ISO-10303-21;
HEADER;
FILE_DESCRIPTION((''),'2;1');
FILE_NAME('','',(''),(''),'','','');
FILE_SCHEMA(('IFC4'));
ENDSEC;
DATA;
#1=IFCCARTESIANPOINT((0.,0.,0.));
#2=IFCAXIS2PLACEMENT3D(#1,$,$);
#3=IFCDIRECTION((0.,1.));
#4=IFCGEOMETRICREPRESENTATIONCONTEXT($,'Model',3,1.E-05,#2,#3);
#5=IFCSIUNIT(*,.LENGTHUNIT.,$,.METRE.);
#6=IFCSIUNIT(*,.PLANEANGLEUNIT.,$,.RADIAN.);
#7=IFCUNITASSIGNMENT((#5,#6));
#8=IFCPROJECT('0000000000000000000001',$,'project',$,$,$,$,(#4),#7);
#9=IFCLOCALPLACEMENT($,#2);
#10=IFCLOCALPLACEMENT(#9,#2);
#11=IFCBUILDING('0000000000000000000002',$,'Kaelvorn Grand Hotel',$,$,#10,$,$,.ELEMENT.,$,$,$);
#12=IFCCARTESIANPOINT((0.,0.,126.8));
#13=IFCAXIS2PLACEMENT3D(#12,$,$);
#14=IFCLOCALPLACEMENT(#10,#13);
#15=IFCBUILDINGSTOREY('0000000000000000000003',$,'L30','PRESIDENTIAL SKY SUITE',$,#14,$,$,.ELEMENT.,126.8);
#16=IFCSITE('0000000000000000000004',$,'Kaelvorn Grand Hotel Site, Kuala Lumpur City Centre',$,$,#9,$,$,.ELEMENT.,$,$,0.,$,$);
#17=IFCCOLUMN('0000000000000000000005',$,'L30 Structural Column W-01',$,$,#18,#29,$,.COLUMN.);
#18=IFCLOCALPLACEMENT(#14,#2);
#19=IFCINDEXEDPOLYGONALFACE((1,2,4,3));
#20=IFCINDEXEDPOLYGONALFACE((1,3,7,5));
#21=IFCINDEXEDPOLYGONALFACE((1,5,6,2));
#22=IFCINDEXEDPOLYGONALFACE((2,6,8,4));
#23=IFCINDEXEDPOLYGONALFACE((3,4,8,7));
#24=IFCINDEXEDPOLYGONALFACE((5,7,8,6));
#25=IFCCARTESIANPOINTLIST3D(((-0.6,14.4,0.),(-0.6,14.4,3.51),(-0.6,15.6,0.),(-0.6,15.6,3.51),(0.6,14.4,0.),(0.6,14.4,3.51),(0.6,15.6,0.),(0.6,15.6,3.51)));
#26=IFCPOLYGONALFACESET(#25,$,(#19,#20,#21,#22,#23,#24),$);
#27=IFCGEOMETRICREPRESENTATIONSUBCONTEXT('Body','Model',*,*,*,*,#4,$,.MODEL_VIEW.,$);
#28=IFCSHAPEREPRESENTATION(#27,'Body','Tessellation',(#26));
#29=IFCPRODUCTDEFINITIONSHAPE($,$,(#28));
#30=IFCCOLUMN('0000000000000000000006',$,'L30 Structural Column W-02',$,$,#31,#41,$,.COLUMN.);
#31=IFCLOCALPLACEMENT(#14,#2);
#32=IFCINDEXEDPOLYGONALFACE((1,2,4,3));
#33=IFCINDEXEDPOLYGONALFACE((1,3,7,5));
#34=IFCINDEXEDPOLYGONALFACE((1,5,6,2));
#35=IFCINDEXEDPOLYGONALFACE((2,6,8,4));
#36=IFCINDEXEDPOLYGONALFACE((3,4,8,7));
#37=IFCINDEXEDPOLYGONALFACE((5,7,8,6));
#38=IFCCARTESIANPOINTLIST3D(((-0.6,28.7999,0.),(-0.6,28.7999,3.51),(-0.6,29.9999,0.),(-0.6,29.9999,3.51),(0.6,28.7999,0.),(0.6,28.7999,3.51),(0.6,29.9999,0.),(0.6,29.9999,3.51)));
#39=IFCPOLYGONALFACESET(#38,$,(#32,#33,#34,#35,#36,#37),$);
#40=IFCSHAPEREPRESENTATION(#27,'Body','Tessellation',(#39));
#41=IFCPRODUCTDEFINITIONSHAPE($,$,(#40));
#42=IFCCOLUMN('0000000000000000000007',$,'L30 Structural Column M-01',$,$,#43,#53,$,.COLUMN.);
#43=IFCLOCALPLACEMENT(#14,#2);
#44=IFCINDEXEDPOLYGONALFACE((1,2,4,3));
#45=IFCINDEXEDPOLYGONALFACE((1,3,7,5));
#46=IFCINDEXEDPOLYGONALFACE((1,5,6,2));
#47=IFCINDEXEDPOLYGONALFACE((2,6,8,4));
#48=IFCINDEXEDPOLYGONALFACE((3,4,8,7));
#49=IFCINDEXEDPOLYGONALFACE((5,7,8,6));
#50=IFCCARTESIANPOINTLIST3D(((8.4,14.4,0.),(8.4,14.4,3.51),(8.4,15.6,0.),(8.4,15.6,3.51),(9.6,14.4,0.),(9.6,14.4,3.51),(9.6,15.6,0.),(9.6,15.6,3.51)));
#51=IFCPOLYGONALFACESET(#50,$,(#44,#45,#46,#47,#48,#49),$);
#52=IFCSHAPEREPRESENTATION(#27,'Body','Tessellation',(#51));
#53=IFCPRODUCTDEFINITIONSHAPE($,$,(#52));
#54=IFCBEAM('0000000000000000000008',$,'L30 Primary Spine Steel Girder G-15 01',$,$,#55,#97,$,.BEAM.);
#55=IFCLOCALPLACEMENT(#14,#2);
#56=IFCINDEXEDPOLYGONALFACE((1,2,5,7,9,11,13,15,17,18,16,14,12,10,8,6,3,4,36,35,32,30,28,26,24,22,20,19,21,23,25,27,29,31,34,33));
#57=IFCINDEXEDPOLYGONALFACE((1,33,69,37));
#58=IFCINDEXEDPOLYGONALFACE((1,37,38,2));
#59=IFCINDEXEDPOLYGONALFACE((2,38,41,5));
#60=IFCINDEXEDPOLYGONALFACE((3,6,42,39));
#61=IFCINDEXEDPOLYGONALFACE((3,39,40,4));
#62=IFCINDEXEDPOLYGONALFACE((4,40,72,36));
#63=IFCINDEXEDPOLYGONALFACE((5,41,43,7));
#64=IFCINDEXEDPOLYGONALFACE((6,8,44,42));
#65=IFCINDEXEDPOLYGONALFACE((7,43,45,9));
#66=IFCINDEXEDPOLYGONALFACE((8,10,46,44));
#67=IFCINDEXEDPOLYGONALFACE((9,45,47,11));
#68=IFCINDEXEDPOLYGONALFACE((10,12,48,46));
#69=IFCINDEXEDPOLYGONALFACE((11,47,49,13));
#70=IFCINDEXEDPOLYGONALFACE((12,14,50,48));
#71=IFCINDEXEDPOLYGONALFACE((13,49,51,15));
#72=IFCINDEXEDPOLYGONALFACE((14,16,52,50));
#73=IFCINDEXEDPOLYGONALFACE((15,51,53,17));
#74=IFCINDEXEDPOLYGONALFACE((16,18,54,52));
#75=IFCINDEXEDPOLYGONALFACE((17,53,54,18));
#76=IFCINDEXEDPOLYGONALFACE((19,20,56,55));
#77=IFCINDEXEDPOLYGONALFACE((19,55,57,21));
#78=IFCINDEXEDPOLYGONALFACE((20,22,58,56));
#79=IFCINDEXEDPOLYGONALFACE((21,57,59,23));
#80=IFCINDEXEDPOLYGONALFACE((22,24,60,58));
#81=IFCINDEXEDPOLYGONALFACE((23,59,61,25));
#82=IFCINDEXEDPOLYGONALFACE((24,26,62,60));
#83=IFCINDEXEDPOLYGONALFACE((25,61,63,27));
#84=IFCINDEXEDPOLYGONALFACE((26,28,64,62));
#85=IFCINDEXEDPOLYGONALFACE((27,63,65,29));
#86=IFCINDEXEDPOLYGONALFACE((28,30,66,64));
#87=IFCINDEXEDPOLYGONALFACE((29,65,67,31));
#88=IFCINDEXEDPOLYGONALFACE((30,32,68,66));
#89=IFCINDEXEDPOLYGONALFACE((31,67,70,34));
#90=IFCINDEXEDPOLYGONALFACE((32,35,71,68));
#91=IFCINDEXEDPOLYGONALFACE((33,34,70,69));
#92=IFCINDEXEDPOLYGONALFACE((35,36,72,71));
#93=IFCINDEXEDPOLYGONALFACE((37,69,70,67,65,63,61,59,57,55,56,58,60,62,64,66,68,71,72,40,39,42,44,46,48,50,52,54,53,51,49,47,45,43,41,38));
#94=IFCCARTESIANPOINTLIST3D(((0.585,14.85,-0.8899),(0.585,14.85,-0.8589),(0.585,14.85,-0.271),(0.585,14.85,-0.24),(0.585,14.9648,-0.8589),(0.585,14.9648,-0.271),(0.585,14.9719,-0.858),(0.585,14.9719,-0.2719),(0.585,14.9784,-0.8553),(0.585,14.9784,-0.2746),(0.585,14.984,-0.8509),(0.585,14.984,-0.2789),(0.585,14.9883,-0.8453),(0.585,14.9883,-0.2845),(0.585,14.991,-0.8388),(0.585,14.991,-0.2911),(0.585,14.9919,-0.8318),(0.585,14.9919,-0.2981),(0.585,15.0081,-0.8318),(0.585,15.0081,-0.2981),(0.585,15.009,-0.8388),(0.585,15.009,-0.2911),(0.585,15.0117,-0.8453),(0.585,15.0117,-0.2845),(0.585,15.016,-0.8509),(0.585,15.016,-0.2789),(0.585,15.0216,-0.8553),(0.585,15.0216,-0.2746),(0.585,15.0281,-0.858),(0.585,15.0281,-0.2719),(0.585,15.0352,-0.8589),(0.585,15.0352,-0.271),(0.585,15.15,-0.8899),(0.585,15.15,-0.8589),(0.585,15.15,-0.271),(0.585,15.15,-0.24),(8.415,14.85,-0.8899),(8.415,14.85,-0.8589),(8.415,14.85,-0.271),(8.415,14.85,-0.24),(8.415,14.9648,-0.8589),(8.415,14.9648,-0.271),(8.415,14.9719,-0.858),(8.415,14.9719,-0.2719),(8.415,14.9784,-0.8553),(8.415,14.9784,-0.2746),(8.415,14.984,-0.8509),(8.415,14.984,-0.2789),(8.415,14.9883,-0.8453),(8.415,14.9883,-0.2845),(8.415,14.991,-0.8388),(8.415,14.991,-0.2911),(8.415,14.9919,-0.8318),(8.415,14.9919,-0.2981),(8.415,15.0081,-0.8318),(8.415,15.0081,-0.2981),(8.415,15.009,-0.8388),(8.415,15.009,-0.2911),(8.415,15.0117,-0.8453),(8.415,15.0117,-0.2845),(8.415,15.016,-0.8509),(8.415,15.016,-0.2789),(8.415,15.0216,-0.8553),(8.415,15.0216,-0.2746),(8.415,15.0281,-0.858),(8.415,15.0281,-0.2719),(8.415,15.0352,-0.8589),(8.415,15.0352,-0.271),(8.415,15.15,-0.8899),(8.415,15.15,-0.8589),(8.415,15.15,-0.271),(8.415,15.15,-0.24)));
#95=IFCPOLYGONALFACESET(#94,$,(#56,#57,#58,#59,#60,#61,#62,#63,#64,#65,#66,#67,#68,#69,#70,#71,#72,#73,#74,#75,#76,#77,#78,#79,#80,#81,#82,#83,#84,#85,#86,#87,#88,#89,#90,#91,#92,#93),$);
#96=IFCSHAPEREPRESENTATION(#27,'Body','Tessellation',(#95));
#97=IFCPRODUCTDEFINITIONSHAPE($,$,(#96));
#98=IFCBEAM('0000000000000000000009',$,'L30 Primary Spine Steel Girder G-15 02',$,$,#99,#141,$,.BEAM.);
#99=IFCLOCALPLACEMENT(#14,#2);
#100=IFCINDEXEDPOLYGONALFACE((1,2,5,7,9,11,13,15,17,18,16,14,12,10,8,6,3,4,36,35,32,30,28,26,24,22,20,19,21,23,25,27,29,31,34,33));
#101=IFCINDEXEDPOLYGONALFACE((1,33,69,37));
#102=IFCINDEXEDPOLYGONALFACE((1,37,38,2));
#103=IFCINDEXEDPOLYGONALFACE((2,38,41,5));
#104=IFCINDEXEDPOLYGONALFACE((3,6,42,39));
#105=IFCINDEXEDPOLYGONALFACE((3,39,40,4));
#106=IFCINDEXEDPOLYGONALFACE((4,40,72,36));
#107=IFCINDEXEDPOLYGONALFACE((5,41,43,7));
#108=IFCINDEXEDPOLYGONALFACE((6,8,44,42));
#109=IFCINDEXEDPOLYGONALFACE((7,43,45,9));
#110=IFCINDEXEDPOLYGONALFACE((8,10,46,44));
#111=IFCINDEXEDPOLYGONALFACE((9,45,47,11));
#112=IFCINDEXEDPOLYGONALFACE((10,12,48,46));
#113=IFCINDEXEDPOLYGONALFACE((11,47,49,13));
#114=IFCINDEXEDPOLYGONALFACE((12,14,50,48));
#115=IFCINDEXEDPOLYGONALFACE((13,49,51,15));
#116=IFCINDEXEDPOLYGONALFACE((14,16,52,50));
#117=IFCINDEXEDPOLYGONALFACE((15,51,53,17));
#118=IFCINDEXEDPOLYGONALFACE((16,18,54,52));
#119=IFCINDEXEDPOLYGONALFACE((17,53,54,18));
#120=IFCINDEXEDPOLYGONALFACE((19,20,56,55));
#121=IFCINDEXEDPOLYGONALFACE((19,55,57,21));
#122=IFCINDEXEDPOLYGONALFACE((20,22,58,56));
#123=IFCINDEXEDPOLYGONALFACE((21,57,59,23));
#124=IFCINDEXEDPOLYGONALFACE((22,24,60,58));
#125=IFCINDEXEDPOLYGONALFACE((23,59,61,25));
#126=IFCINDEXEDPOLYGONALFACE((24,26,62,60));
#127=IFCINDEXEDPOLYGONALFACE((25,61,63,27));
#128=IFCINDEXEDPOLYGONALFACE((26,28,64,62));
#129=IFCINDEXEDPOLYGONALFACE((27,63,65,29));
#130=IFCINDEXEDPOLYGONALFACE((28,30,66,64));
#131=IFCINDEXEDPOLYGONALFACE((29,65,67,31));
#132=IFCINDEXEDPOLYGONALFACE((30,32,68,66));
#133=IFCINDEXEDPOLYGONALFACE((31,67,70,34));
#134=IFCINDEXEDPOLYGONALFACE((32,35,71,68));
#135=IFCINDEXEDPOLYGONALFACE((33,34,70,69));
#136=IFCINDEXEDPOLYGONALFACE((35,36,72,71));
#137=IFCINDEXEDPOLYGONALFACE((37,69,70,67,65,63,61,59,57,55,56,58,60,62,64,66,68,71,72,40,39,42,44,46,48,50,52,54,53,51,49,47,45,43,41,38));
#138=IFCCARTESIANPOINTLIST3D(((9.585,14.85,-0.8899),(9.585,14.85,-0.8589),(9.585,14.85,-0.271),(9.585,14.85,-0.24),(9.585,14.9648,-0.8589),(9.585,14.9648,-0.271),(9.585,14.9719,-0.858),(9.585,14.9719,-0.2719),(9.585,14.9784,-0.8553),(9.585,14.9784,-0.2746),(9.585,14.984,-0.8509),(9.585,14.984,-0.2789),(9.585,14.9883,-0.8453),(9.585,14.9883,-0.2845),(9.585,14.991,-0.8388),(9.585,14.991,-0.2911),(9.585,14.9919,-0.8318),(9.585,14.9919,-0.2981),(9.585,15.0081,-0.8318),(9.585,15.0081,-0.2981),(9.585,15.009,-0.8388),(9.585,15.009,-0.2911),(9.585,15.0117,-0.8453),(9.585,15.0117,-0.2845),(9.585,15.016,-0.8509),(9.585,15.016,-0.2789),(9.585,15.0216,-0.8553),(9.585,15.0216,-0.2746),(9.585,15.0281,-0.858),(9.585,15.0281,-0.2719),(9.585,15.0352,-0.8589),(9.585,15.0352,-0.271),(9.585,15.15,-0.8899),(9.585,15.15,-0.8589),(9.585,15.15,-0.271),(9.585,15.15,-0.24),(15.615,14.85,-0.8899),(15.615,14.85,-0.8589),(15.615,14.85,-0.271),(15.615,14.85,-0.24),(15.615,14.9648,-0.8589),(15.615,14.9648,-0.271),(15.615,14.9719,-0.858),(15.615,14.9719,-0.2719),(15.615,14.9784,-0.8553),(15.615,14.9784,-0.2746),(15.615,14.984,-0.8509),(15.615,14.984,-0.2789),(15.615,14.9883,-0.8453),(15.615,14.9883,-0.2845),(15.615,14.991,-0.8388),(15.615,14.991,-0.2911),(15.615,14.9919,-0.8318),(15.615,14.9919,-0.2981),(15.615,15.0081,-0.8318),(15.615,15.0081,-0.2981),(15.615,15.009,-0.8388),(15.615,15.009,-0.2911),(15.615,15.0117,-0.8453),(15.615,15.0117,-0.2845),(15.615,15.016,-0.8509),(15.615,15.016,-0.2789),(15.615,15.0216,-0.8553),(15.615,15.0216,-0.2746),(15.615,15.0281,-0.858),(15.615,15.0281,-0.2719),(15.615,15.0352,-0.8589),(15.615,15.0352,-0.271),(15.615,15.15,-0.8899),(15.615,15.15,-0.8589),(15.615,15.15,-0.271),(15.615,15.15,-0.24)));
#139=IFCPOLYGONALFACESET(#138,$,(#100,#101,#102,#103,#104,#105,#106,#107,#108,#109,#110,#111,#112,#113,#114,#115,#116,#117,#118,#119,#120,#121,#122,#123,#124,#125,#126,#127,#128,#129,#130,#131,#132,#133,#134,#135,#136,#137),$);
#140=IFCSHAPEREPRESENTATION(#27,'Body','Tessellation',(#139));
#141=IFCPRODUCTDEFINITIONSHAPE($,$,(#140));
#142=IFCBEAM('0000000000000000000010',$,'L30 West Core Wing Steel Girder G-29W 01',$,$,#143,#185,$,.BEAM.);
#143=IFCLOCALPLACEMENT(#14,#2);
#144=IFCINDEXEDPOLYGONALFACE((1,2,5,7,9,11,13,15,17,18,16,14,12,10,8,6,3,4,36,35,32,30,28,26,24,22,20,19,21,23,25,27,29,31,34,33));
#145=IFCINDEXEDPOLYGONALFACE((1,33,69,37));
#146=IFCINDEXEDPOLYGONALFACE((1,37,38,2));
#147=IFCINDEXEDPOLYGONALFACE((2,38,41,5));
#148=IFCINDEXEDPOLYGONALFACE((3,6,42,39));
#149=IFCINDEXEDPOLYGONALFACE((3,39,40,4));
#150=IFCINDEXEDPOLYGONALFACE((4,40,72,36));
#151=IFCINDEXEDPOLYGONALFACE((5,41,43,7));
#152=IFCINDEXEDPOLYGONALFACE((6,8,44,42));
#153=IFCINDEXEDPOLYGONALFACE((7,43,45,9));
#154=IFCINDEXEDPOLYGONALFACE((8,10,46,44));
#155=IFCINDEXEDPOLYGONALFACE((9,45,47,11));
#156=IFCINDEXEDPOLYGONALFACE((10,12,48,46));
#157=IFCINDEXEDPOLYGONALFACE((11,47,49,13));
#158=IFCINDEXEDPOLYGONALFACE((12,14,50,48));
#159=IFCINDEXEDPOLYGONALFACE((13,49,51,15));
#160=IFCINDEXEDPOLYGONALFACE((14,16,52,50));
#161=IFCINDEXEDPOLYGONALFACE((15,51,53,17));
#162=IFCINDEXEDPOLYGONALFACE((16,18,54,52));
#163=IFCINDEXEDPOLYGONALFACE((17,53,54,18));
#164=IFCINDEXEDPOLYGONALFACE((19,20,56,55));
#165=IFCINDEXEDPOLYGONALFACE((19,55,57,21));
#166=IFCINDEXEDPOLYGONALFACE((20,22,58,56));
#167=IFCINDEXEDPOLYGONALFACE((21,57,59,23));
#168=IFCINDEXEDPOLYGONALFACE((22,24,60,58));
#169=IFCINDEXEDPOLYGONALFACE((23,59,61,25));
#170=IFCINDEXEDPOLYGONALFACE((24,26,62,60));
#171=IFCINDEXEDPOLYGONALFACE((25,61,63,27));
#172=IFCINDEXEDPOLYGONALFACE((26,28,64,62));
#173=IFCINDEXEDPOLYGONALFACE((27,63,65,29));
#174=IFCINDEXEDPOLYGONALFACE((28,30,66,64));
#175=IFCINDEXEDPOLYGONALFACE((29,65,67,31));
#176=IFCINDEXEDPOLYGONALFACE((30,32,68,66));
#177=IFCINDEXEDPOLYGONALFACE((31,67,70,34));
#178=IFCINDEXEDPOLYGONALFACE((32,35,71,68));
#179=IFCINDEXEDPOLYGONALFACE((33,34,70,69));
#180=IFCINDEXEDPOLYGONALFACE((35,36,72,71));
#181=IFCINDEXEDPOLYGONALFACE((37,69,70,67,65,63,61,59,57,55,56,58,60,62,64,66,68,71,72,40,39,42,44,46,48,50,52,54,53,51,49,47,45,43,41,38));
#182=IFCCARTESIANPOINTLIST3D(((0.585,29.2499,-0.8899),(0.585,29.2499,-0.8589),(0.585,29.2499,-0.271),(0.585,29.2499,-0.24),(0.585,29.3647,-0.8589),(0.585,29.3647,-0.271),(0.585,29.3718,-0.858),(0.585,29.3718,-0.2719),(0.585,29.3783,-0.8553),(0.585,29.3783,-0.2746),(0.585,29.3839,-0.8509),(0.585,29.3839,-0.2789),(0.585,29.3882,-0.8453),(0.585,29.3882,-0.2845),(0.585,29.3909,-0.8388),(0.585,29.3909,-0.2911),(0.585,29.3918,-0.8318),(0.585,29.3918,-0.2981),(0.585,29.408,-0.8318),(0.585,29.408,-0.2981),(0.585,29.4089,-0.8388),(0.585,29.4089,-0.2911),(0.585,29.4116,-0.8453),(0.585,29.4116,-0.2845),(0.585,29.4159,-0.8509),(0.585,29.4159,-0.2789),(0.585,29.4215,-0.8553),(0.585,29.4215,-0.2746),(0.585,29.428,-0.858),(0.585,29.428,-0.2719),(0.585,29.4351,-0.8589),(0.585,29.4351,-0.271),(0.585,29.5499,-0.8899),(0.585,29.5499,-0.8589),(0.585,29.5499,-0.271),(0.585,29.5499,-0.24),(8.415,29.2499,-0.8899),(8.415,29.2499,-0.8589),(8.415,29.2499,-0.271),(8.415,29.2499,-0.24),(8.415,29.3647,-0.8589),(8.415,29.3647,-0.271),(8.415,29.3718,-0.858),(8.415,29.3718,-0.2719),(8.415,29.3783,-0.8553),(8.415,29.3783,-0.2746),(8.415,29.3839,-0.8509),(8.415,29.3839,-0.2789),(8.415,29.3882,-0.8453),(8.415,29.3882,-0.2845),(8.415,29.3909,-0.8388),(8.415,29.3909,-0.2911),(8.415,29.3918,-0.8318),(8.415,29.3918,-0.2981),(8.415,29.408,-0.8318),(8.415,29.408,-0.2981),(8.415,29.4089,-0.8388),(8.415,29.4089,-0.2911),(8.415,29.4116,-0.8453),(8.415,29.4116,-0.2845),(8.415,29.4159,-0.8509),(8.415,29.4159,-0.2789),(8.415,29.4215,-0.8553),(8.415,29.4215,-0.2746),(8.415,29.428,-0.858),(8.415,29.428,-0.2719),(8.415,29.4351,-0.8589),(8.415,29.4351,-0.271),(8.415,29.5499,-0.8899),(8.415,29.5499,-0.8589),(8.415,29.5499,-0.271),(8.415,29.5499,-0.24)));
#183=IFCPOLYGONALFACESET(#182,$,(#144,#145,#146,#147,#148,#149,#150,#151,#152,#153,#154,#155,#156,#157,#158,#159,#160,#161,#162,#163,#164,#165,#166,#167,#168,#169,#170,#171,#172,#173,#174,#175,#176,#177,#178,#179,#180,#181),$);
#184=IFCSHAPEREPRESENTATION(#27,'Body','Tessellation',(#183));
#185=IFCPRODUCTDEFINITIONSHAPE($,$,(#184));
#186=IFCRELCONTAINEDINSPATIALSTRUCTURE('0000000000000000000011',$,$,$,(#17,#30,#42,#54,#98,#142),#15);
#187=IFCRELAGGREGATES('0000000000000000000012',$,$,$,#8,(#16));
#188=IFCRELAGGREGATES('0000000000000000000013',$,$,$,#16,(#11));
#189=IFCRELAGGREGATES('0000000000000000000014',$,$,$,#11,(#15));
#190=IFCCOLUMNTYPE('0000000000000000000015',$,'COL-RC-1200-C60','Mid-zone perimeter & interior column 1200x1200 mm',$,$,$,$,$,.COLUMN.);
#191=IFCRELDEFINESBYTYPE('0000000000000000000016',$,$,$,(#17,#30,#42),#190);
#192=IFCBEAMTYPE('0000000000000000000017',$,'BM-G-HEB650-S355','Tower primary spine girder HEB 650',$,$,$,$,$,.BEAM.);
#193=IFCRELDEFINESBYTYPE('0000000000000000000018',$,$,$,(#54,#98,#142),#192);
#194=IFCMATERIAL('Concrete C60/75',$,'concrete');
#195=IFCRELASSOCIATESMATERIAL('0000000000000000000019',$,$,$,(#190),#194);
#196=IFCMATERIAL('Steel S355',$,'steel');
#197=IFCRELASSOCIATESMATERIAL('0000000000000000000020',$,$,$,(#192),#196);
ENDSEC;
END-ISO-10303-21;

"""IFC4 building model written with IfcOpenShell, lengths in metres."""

from ifc_helpers import new_model, si_unit, direction, frame, origin, origin_2d, place, context, subcontext, project, spatial, rectangle, i_section, extrude, material, material_profile, profile_set, type_object, element, save


model = new_model("IFC4")

# Units and contexts
model_context = context("Model", 3, precision=1e-05, world=origin(), true_north=direction((0.0, 1.0)))
body_context = subcontext(model_context, "Body", "Model", "MODEL_VIEW")
ifc_project = project(units=[si_unit("LENGTHUNIT", "METRE"), si_unit("PLANEANGLEUNIT", "RADIAN")], contexts=[model_context])

# Site, building, storey
site_placement = place(None, origin())
site = spatial("IfcSite", under=ifc_project, at=site_placement, Name="Kaelvorn Grand Hotel Site, Kuala Lumpur City Centre", CompositionType="ELEMENT", RefElevation=0.0)
building_placement = place(site_placement, origin())
building = spatial("IfcBuilding", under=site, at=building_placement, Name="Kaelvorn Grand Hotel", CompositionType="ELEMENT")
storey_placement = place(building_placement, frame((0.0, 0.0, 126.8)))
storey = spatial("IfcBuildingStorey", under=building, at=storey_placement, Name="L30", Description="PRESIDENTIAL SKY SUITE", CompositionType="ELEMENT", Elevation=126.8)

# Columns
ifc_material_1 = material(Name="Concrete C60/75", Category="concrete")
ifc_material_profile_1 = material_profile(ifc_material_1, rectangle(XDim=1.2, YDim=1.2, at=origin_2d()), Name="RC COL 1200x1200")
ifc_profile_set_1 = profile_set([ifc_material_profile_1], Name="Concrete C60/75")
column_type = type_object("IfcColumnType", Name="COL-RC-1200-C60", Description="Mid-zone perimeter & interior column 1200x1200 mm", PredefinedType="COLUMN", material=ifc_profile_set_1)
for number, where, z_axis, x_axis, name in (
    (1, (0.0, 15.0, 0.0), (0.0, 0.0, 1.0), (1.0, 0.0, 0.0), "L30 Structural Column W-01"),
    (2, (0.0, 29.3999, 0.0), (0.0, 0.0, 1.0), (1.0, 0.0, 0.0), "L30 Structural Column W-02"),
    (3, (9.0, 15.0, 0.0), (0.0, 0.0, 1.0), (1.0, 0.0, 0.0), "L30 Structural Column M-01"),
):
    element("IfcColumn", number, at=place(storey_placement, frame(where, z_axis=z_axis, x_axis=x_axis)), inside=storey, type_object=column_type, Name=name, PredefinedType="COLUMN", context=body_context, shape_type="SweptSolid", body=[
        extrude(rectangle(XDim=1.2, YDim=1.2, at=origin_2d()), origin(), (0.0, 0.0, 1.0), 3.51),
    ])

# Beams
ifc_material_2 = material(Name="Steel S355", Category="steel")
ifc_material_profile_2 = material_profile(ifc_material_2, i_section(OverallWidth=0.3, OverallDepth=0.6499, WebThickness=0.0161, FlangeThickness=0.031, FilletRadius=0.0271, at=origin_2d()), Name="HEB 650")
ifc_profile_set_2 = profile_set([ifc_material_profile_2], Name="Steel S355")
beam_type_1 = type_object("IfcBeamType", Name="BM-G-HEB650-S355", Description="Tower primary spine girder HEB 650", PredefinedType="BEAM", material=ifc_profile_set_2)
beam_1_placement = place(storey_placement, frame((0.585, 15.0, -0.5649), z_axis=(1.0, 0.0, 0.0), x_axis=(0.0, 1.0, 0.0)))
element("IfcBeam", 4, at=beam_1_placement, inside=storey, type_object=beam_type_1, Name="L30 Primary Spine Steel Girder G-15 01", PredefinedType="BEAM", context=body_context, shape_type="SweptSolid", body=[
    extrude(i_section(OverallWidth=0.3, OverallDepth=0.6499, WebThickness=0.0161, FlangeThickness=0.031, FilletRadius=0.0271, at=origin_2d()), origin(), (0.0, 0.0, 1.0), 7.8301),
])
beam_2_placement = place(storey_placement, frame((9.585, 15.0, -0.5649), z_axis=(1.0, 0.0, 0.0), x_axis=(0.0, 1.0, 0.0)))
element("IfcBeam", 5, at=beam_2_placement, inside=storey, type_object=beam_type_1, Name="L30 Primary Spine Steel Girder G-15 02", PredefinedType="BEAM", context=body_context, shape_type="SweptSolid", body=[
    extrude(i_section(OverallWidth=0.3, OverallDepth=0.6499, WebThickness=0.0161, FlangeThickness=0.031, FilletRadius=0.0271, at=origin_2d()), origin(), (0.0, 0.0, 1.0), 6.03),
])
beam_3_placement = place(storey_placement, frame((0.585, 29.3999, -0.5649), z_axis=(1.0, 0.0, 0.0), x_axis=(0.0, 1.0, 0.0)))
element("IfcBeam", 6, at=beam_3_placement, inside=storey, type_object=beam_type_1, Name="L30 West Core Wing Steel Girder G-29W 01", PredefinedType="BEAM", context=body_context, shape_type="SweptSolid", body=[
    extrude(i_section(OverallWidth=0.3, OverallDepth=0.6499, WebThickness=0.0161, FlangeThickness=0.031, FilletRadius=0.0271, at=origin_2d()), origin(), (0.0, 0.0, 1.0), 7.8301),
])

save(model, "model.ifc")
